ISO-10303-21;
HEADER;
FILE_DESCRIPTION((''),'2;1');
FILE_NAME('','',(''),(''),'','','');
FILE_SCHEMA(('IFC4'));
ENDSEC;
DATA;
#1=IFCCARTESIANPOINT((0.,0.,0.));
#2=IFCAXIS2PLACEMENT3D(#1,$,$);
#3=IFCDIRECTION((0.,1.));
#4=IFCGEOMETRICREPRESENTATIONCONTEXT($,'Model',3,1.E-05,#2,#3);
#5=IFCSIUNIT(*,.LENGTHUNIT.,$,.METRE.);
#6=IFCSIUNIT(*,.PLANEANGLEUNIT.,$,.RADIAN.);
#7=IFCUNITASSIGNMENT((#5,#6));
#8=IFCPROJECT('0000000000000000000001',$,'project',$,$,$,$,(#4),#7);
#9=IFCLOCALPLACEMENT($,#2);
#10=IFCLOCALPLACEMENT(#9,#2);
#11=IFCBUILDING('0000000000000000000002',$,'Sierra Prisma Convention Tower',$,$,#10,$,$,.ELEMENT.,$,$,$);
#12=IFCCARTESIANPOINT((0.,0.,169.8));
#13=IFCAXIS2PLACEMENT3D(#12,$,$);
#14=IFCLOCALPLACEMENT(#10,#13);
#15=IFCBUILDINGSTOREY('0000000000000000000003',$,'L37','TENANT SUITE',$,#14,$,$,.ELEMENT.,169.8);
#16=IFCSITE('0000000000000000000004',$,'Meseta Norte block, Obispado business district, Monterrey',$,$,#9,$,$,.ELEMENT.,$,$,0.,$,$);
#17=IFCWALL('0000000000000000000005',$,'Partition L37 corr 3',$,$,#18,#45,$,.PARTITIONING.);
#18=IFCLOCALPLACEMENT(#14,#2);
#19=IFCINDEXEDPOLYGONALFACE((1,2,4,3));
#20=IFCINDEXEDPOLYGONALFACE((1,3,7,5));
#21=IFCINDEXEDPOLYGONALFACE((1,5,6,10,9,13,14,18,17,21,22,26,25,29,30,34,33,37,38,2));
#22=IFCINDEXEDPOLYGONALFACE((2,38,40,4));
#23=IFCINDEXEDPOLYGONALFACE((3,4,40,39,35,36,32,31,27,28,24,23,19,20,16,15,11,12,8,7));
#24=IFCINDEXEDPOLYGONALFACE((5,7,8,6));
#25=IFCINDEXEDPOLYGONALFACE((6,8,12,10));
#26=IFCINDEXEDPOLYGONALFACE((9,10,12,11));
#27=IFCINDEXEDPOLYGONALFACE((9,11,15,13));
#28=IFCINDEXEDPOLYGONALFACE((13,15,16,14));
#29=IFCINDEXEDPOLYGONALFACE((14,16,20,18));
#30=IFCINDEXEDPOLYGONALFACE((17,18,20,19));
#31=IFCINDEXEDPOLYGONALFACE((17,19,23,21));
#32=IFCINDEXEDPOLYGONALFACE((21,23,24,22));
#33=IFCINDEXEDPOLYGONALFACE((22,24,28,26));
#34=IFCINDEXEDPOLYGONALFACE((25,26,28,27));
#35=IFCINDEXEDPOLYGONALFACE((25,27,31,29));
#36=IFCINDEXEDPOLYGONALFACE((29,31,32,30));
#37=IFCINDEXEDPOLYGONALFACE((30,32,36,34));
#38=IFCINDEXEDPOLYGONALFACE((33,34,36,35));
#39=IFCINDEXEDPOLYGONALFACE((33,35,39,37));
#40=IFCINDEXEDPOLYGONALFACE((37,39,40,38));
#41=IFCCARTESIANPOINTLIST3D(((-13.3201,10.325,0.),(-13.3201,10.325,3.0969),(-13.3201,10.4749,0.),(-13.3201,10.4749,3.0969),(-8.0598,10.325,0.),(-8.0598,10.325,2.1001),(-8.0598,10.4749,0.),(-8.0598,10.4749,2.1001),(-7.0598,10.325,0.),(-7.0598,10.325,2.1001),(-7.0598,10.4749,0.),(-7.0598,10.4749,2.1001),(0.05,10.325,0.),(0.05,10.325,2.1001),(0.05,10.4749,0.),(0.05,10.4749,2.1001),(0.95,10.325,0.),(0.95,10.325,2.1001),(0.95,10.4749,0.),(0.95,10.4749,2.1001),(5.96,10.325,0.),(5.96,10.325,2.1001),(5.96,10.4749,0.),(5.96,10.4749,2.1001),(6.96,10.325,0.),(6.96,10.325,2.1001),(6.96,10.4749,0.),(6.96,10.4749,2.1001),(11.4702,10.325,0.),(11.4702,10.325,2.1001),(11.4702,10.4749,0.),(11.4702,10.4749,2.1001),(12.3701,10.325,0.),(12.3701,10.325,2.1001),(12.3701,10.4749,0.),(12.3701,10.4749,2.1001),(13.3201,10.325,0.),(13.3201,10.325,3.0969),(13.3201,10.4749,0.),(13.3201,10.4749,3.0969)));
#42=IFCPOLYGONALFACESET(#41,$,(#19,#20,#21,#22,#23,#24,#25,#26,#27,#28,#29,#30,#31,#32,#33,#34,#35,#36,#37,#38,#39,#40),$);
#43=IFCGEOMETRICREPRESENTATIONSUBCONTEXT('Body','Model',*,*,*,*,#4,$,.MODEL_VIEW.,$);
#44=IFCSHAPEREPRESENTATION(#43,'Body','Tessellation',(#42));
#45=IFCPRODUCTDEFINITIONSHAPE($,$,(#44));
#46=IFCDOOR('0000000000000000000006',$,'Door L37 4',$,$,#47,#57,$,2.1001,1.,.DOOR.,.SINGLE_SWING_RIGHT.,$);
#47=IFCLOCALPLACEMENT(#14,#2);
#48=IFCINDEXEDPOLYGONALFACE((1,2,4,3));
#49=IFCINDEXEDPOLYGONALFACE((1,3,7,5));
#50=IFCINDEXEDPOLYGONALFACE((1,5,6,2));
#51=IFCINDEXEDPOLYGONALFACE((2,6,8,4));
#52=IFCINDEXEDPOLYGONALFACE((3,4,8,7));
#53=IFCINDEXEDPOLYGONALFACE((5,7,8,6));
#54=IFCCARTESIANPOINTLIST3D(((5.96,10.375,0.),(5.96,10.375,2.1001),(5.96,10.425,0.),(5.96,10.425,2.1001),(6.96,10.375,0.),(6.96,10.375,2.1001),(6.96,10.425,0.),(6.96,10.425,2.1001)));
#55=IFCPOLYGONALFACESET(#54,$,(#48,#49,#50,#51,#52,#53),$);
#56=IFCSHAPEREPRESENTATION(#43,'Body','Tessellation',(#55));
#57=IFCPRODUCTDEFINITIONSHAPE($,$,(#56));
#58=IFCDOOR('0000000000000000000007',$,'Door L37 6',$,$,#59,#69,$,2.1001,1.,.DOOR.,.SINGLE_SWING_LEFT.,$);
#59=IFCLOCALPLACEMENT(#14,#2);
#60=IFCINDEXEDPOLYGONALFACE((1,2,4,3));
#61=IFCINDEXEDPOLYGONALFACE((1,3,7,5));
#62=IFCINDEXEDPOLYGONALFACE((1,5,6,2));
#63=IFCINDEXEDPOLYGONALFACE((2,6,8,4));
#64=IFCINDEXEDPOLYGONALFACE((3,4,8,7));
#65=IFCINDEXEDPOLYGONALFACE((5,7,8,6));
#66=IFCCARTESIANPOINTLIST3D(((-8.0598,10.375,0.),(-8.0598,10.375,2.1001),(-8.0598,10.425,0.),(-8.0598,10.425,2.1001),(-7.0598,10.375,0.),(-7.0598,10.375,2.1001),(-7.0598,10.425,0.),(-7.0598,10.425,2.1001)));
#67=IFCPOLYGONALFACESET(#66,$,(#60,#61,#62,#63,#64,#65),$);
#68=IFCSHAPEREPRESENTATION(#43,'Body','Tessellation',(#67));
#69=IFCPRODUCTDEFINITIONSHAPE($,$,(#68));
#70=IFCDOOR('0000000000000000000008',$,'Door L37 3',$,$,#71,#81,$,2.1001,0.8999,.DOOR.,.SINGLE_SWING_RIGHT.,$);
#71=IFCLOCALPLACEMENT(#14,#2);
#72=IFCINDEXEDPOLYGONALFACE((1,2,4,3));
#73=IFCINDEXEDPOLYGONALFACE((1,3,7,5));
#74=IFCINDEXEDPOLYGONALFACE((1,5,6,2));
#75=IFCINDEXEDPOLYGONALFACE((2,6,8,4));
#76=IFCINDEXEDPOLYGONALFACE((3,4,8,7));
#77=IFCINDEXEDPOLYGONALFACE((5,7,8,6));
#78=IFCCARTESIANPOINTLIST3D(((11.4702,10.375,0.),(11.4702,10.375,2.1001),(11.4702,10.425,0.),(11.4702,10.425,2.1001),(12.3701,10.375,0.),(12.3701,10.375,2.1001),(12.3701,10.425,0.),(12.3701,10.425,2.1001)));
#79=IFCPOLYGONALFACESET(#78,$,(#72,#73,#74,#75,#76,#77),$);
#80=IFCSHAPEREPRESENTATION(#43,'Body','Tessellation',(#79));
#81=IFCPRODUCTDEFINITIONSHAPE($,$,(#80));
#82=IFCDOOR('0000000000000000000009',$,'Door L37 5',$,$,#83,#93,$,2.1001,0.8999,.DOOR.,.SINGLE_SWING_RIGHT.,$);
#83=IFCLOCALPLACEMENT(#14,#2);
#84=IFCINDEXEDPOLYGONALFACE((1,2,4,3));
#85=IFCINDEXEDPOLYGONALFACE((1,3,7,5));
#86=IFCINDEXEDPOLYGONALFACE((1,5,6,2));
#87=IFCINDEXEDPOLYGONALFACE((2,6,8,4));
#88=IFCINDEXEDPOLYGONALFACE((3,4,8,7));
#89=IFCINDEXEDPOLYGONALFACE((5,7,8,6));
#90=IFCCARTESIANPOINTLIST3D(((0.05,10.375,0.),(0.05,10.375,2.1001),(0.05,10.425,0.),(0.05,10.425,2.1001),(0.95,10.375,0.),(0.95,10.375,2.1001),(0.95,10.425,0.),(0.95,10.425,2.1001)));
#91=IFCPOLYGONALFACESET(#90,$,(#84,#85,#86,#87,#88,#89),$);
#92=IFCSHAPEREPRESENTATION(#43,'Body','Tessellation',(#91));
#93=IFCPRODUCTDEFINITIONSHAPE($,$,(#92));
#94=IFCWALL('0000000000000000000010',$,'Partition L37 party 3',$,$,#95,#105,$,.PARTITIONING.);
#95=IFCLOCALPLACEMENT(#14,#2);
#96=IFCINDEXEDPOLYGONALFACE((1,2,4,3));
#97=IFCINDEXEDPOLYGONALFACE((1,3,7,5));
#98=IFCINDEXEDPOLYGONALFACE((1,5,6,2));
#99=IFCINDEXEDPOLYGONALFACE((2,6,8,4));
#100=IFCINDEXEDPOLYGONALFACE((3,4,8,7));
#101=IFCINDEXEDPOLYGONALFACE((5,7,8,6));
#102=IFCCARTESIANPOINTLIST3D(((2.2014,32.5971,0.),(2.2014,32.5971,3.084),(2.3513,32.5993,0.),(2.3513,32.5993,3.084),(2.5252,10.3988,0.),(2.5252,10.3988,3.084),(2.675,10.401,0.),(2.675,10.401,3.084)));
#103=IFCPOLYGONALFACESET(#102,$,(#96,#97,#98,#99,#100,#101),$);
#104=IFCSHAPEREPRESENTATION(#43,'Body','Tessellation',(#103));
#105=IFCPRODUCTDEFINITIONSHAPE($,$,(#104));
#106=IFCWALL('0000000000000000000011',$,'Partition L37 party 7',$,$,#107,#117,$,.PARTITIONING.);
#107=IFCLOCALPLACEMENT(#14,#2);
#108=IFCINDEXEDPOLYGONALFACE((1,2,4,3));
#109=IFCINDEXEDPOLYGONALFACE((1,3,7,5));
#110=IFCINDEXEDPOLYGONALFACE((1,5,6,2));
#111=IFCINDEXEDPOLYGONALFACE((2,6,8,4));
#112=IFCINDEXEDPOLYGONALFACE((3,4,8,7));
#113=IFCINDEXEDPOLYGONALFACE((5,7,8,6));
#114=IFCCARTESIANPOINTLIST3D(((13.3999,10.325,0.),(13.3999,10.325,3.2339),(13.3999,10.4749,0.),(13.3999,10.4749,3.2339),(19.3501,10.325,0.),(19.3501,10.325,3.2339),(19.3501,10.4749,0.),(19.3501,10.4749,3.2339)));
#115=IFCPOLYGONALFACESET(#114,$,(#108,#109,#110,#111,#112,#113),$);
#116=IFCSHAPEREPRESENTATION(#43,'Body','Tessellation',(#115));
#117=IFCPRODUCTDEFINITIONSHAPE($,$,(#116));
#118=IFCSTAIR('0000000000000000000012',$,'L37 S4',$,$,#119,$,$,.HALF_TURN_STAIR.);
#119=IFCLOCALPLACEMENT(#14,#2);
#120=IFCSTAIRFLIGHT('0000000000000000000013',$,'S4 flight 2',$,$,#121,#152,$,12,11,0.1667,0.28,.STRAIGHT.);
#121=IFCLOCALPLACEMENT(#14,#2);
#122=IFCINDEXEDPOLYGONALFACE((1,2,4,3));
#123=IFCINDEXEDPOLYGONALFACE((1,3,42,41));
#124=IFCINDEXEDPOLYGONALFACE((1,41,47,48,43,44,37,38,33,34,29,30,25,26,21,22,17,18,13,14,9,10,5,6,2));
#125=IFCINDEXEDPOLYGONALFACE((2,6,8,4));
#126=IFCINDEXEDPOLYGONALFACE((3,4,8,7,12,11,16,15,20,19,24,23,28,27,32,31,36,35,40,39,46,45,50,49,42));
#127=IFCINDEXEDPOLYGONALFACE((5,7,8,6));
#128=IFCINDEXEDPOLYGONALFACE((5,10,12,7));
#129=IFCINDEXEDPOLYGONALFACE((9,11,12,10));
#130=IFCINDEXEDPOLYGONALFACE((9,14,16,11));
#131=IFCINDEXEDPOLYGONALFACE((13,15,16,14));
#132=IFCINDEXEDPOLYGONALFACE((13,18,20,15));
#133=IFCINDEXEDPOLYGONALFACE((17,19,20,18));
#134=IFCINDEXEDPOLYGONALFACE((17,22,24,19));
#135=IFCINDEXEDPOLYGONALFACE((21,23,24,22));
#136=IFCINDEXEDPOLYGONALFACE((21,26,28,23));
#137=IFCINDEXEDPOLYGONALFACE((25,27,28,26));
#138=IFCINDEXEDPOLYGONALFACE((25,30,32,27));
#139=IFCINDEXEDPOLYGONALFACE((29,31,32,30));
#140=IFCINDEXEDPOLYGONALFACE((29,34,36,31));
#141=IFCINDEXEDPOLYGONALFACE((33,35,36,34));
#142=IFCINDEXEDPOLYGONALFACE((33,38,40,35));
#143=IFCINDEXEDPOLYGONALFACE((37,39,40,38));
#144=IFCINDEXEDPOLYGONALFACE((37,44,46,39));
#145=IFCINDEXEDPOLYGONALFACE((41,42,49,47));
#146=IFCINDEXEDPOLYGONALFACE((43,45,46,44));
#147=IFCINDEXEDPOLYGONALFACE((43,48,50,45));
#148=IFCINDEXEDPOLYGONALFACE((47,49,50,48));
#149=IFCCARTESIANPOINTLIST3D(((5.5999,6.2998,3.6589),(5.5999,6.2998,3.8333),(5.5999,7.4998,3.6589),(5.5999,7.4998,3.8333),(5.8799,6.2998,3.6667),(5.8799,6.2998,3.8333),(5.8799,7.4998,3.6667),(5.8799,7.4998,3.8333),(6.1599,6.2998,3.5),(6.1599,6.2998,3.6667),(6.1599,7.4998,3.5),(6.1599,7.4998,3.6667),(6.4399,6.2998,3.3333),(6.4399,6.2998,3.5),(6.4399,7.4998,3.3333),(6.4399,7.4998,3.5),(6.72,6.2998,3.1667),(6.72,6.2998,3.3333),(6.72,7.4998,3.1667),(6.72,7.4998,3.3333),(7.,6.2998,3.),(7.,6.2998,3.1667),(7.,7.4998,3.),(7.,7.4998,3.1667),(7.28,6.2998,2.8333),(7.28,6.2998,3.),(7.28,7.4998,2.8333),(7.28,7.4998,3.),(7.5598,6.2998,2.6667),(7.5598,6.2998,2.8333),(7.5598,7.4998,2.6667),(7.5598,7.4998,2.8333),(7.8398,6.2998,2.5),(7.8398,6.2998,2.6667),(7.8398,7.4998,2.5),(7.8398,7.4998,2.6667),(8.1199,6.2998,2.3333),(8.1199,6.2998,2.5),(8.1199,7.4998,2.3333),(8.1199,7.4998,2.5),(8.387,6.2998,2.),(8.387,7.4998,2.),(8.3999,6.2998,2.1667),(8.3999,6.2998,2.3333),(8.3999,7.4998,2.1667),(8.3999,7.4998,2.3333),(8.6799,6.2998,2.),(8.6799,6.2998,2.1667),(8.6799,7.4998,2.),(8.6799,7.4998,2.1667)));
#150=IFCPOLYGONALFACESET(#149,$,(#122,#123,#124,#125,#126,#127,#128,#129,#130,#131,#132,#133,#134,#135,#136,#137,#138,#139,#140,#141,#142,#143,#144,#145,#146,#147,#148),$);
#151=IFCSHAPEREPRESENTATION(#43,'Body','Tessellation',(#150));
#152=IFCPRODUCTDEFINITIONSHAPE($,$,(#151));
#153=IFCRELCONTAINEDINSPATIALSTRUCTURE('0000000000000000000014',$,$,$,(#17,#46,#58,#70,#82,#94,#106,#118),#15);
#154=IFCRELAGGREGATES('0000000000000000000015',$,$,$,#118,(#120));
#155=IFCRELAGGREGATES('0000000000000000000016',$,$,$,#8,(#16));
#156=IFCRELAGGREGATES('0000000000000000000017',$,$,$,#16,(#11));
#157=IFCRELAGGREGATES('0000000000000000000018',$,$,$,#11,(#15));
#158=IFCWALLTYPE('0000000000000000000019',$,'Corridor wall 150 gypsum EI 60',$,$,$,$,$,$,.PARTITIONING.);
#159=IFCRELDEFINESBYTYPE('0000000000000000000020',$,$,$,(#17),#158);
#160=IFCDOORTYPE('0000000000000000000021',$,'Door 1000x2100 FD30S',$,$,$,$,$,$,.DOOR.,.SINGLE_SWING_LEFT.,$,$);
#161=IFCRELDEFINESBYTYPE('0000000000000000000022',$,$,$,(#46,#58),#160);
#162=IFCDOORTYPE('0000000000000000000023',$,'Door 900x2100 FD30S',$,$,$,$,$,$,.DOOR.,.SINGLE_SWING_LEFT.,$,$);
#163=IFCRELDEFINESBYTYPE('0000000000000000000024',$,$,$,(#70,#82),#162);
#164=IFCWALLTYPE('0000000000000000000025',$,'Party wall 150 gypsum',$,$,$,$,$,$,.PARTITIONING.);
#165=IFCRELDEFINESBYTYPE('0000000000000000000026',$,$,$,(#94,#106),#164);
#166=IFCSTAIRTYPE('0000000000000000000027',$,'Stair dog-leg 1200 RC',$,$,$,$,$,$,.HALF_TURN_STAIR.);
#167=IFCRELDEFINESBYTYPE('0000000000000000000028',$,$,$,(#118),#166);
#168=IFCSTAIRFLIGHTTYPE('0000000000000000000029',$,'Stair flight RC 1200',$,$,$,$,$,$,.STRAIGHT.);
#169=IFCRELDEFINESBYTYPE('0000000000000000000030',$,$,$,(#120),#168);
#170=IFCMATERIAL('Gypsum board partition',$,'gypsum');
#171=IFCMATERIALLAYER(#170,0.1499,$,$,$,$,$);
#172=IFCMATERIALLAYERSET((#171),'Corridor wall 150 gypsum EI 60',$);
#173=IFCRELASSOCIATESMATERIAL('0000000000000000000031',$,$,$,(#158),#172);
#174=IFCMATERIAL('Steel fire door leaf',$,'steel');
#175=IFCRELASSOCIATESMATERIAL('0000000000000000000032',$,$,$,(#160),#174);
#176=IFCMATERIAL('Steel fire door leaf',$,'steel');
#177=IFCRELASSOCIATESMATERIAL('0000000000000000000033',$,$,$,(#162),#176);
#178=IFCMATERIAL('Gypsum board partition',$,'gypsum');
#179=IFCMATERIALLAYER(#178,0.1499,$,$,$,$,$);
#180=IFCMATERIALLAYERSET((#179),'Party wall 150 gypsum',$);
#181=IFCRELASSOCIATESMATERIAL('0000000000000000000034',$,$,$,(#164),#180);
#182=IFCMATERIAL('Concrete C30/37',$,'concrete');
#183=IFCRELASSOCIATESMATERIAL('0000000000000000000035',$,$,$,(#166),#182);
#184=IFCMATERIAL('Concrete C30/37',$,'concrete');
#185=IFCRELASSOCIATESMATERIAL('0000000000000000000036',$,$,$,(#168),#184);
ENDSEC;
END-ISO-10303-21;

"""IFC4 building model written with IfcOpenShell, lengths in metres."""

from ifc_helpers import new_model, si_unit, direction, frame, frame_2d, origin, place, context, subcontext, project, spatial, polyline, rectangle, outline, extrude, material, layer, layer_set, type_object, element, fill, aggregate, save


model = new_model("IFC4")

# Units and contexts
model_context = context("Model", 3, precision=1e-05, world=origin(), true_north=direction((0.0, 1.0)))
body_context = subcontext(model_context, "Body", "Model", "MODEL_VIEW")
ifc_project = project(units=[si_unit("LENGTHUNIT", "METRE"), si_unit("PLANEANGLEUNIT", "RADIAN")], contexts=[model_context])

# Site, building, storey
site_placement = place(None, origin())
site = spatial("IfcSite", under=ifc_project, at=site_placement, Name="Meseta Norte block, Obispado business district, Monterrey", CompositionType="ELEMENT", RefElevation=0.0)
building_placement = place(site_placement, origin())
building = spatial("IfcBuilding", under=site, at=building_placement, Name="Sierra Prisma Convention Tower", CompositionType="ELEMENT")
storey_placement = place(building_placement, frame((0.0, 0.0, 169.8)))
storey = spatial("IfcBuildingStorey", under=building, at=storey_placement, Name="L37", Description="TENANT SUITE", CompositionType="ELEMENT", Elevation=169.8)

# Wall, openings, doors
ifc_material_1 = material(Name="Gypsum board partition", Category="gypsum")
ifc_layer_1 = layer(ifc_material_1, 0.1499)
ifc_layer_set_1 = layer_set([ifc_layer_1], Name="Corridor wall 150 gypsum EI 60")
wall_type_1 = type_object("IfcWallType", Name="Corridor wall 150 gypsum EI 60", PredefinedType="PARTITIONING", material=ifc_layer_set_1)
wall_1_placement = place(storey_placement, frame((13.3201, 10.3999, 0.0), z_axis=(0.0, 0.0, 1.0), x_axis=(-1.0, 0.0, 0.0)))
wall_1 = element("IfcWall", 1, at=wall_1_placement, inside=storey, type_object=wall_type_1, Name="Partition L37 corr 3", PredefinedType="PARTITIONING", context=body_context, shape_type="SweptSolid", body=[
    extrude(rectangle(XDim=26.6401, YDim=0.1499, at=frame_2d((13.3201, 0.0))), origin(), (0.0, 0.0, 1.0), 3.0969),
])
opening_1_placement = place(wall_1_placement, frame((0.95, 0.0, 0.0)))
opening_1 = element("IfcOpeningElement", 2, at=opening_1_placement, cuts=wall_1, PredefinedType="OPENING", context=body_context, shape_type="SweptSolid", body=[
    extrude(rectangle(XDim=0.8999, YDim=2.1001, at=frame_2d((0.45, 1.05))), frame((0.0, 0.075, 0.0), z_axis=(0.0, -1.0, 0.0), x_axis=(1.0, 0.0, 0.0)), (0.0, 0.0, 1.0), 0.1499),
])
opening_2_placement = place(wall_1_placement, frame((6.3601, 0.0, 0.0)))
opening_2 = element("IfcOpeningElement", 3, at=opening_2_placement, cuts=wall_1, PredefinedType="OPENING", context=body_context, shape_type="SweptSolid", body=[
    extrude(rectangle(XDim=1.0, YDim=2.1001, at=frame_2d((0.5, 1.05))), frame((0.0, 0.075, 0.0), z_axis=(0.0, -1.0, 0.0), x_axis=(1.0, 0.0, 0.0)), (0.0, 0.0, 1.0), 0.1499),
])
opening_3_placement = place(wall_1_placement, frame((12.3701, 0.0, 0.0)))
opening_3 = element("IfcOpeningElement", 4, at=opening_3_placement, cuts=wall_1, PredefinedType="OPENING", context=body_context, shape_type="SweptSolid", body=[
    extrude(rectangle(XDim=0.8999, YDim=2.1001, at=frame_2d((0.45, 1.05))), frame((0.0, 0.075, 0.0), z_axis=(0.0, -1.0, 0.0), x_axis=(1.0, 0.0, 0.0)), (0.0, 0.0, 1.0), 0.1499),
])
opening_4_placement = place(wall_1_placement, frame((20.3799, 0.0, 0.0)))
opening_4 = element("IfcOpeningElement", 5, at=opening_4_placement, cuts=wall_1, PredefinedType="OPENING", context=body_context, shape_type="SweptSolid", body=[
    extrude(rectangle(XDim=1.0, YDim=2.1001, at=frame_2d((0.5, 1.05))), frame((0.0, 0.075, 0.0), z_axis=(0.0, -1.0, 0.0), x_axis=(1.0, 0.0, 0.0)), (0.0, 0.0, 1.0), 0.1499),
])
ifc_material_2 = material(Name="Steel fire door leaf", Category="steel")
door_type_1 = type_object("IfcDoorType", Name="Door 1000x2100 FD30S", OperationType="SINGLE_SWING_LEFT", PredefinedType="DOOR", material=ifc_material_2)
door_1_placement = place(opening_2_placement, origin())
door_1 = element("IfcDoor", 6, at=door_1_placement, inside=storey, type_object=door_type_1, Name="Door L37 4", OperationType="SINGLE_SWING_RIGHT", OverallHeight=2.1001, OverallWidth=1.0, PredefinedType="DOOR", context=body_context, shape_type="SweptSolid", body=[
    extrude(rectangle(XDim=1.0, YDim=2.1001, at=frame_2d((0.5, 1.05))), frame((0.0, 0.0249, 0.0), z_axis=(0.0, -1.0, 0.0), x_axis=(1.0, 0.0, 0.0)), (0.0, 0.0, 1.0), 0.05),
])
fill(opening_2, door_1)
door_2_placement = place(opening_4_placement, origin())
door_2 = element("IfcDoor", 7, at=door_2_placement, inside=storey, type_object=door_type_1, Name="Door L37 6", OperationType="SINGLE_SWING_LEFT", OverallHeight=2.1001, OverallWidth=1.0, PredefinedType="DOOR", context=body_context, shape_type="SweptSolid", body=[
    extrude(rectangle(XDim=1.0, YDim=2.1001, at=frame_2d((0.5, 1.05))), frame((0.0, 0.0249, 0.0), z_axis=(0.0, -1.0, 0.0), x_axis=(1.0, 0.0, 0.0)), (0.0, 0.0, 1.0), 0.05),
])
fill(opening_4, door_2)
ifc_material_3 = material(Name="Steel fire door leaf", Category="steel")
door_type_2 = type_object("IfcDoorType", Name="Door 900x2100 FD30S", OperationType="SINGLE_SWING_LEFT", PredefinedType="DOOR", material=ifc_material_3)
door_3_placement = place(opening_1_placement, origin())
door_3 = element("IfcDoor", 8, at=door_3_placement, inside=storey, type_object=door_type_2, Name="Door L37 3", OperationType="SINGLE_SWING_RIGHT", OverallHeight=2.1001, OverallWidth=0.8999, PredefinedType="DOOR", context=body_context, shape_type="SweptSolid", body=[
    extrude(rectangle(XDim=0.8999, YDim=2.1001, at=frame_2d((0.45, 1.05))), frame((0.0, 0.0249, 0.0), z_axis=(0.0, -1.0, 0.0), x_axis=(1.0, 0.0, 0.0)), (0.0, 0.0, 1.0), 0.05),
])
fill(opening_1, door_3)
door_4_placement = place(opening_3_placement, origin())
door_4 = element("IfcDoor", 9, at=door_4_placement, inside=storey, type_object=door_type_2, Name="Door L37 5", OperationType="SINGLE_SWING_RIGHT", OverallHeight=2.1001, OverallWidth=0.8999, PredefinedType="DOOR", context=body_context, shape_type="SweptSolid", body=[
    extrude(rectangle(XDim=0.8999, YDim=2.1001, at=frame_2d((0.45, 1.05))), frame((0.0, 0.0249, 0.0), z_axis=(0.0, -1.0, 0.0), x_axis=(1.0, 0.0, 0.0)), (0.0, 0.0, 1.0), 0.05),
])
fill(opening_3, door_4)

# Walls
ifc_material_4 = material(Name="Gypsum board partition", Category="gypsum")
ifc_layer_2 = layer(ifc_material_4, 0.1499)
ifc_layer_set_2 = layer_set([ifc_layer_2], Name="Party wall 150 gypsum")
wall_type_2 = type_object("IfcWallType", Name="Party wall 150 gypsum", PredefinedType="PARTITIONING", material=ifc_layer_set_2)
wall_2_placement = place(storey_placement, frame((2.6001, 10.3999, 0.0), z_axis=(0.0, 0.0, 1.0), x_axis=(-0.014582, 0.999894, 0.0)))
element("IfcWall", 10, at=wall_2_placement, inside=storey, type_object=wall_type_2, Name="Partition L37 party 3", PredefinedType="PARTITIONING", context=body_context, shape_type="SweptSolid", body=[
    extrude(rectangle(XDim=22.2007, YDim=0.1499, at=frame_2d((11.1003, 0.0))), origin(), (0.0, 0.0, 1.0), 3.084),
])
wall_3_placement = place(storey_placement, frame((13.3999, 10.3999, 0.0), z_axis=(0.0, 0.0, 1.0), x_axis=(1.0, 0.0, 0.0)))
element("IfcWall", 11, at=wall_3_placement, inside=storey, type_object=wall_type_2, Name="Partition L37 party 7", PredefinedType="PARTITIONING", context=body_context, shape_type="SweptSolid", body=[
    extrude(rectangle(XDim=5.9502, YDim=0.1499, at=frame_2d((2.9751, 0.0))), origin(), (0.0, 0.0, 1.0), 3.2339),
])

# Stair, stair flight
ifc_material_5 = material(Name="Concrete C30/37", Category="concrete")
stair_type = type_object("IfcStairType", Name="Stair dog-leg 1200 RC", PredefinedType="HALF_TURN_STAIR", material=ifc_material_5)
stair_placement = place(storey_placement, origin())
stair = element("IfcStair", 12, at=stair_placement, inside=storey, type_object=stair_type, Name="L37 S4", PredefinedType="HALF_TURN_STAIR")
ifc_material_6 = material(Name="Concrete C30/37", Category="concrete")
stair_flight_type = type_object("IfcStairFlightType", Name="Stair flight RC 1200", PredefinedType="STRAIGHT", material=ifc_material_6)
stair_flight_placement = place(storey_placement, frame((8.6799, 6.8999, 2.0), z_axis=(0.0, 0.0, 1.0), x_axis=(-1.0, 0.0, 0.0)))
stair_flight = element("IfcStairFlight", 13, at=stair_flight_placement, type_object=stair_flight_type, Name="S4 flight 2", NumberOfRisers=12, NumberOfTreads=11, PredefinedType="STRAIGHT", RiserHeight=0.1667, TreadLength=0.28, context=body_context, shape_type="SweptSolid", body=[
    extrude(outline(polyline([(0.0, 0.0), (0.0, 0.1667), (0.28, 0.1667), (0.28, 0.3333), (0.5601, 0.3333), (0.5601, 0.5), (0.8401, 0.5), (0.8401, 0.6667), (1.1201, 0.6667), (1.1201, 0.8333), (1.3999, 0.8333), (1.3999, 1.0), (1.6799, 1.0), (1.6799, 1.1667), (1.96, 1.1667), (1.96, 1.3333), (2.24, 1.3333), (2.24, 1.5), (2.52, 1.5), (2.52, 1.6667), (2.8, 1.6667), (2.8, 1.8333), (3.0801, 1.8333), (3.0801, 2.0), (3.0801, 1.6589), (0.293, 0.0), (0.0, 0.0)])), frame((0.0, 0.6001, 0.0), z_axis=(0.0, -1.0, 0.0), x_axis=(1.0, 0.0, 0.0)), (0.0, 0.0, 1.0), 1.2),
])
aggregate(stair, [stair_flight])

save(model, "model.ifc")
